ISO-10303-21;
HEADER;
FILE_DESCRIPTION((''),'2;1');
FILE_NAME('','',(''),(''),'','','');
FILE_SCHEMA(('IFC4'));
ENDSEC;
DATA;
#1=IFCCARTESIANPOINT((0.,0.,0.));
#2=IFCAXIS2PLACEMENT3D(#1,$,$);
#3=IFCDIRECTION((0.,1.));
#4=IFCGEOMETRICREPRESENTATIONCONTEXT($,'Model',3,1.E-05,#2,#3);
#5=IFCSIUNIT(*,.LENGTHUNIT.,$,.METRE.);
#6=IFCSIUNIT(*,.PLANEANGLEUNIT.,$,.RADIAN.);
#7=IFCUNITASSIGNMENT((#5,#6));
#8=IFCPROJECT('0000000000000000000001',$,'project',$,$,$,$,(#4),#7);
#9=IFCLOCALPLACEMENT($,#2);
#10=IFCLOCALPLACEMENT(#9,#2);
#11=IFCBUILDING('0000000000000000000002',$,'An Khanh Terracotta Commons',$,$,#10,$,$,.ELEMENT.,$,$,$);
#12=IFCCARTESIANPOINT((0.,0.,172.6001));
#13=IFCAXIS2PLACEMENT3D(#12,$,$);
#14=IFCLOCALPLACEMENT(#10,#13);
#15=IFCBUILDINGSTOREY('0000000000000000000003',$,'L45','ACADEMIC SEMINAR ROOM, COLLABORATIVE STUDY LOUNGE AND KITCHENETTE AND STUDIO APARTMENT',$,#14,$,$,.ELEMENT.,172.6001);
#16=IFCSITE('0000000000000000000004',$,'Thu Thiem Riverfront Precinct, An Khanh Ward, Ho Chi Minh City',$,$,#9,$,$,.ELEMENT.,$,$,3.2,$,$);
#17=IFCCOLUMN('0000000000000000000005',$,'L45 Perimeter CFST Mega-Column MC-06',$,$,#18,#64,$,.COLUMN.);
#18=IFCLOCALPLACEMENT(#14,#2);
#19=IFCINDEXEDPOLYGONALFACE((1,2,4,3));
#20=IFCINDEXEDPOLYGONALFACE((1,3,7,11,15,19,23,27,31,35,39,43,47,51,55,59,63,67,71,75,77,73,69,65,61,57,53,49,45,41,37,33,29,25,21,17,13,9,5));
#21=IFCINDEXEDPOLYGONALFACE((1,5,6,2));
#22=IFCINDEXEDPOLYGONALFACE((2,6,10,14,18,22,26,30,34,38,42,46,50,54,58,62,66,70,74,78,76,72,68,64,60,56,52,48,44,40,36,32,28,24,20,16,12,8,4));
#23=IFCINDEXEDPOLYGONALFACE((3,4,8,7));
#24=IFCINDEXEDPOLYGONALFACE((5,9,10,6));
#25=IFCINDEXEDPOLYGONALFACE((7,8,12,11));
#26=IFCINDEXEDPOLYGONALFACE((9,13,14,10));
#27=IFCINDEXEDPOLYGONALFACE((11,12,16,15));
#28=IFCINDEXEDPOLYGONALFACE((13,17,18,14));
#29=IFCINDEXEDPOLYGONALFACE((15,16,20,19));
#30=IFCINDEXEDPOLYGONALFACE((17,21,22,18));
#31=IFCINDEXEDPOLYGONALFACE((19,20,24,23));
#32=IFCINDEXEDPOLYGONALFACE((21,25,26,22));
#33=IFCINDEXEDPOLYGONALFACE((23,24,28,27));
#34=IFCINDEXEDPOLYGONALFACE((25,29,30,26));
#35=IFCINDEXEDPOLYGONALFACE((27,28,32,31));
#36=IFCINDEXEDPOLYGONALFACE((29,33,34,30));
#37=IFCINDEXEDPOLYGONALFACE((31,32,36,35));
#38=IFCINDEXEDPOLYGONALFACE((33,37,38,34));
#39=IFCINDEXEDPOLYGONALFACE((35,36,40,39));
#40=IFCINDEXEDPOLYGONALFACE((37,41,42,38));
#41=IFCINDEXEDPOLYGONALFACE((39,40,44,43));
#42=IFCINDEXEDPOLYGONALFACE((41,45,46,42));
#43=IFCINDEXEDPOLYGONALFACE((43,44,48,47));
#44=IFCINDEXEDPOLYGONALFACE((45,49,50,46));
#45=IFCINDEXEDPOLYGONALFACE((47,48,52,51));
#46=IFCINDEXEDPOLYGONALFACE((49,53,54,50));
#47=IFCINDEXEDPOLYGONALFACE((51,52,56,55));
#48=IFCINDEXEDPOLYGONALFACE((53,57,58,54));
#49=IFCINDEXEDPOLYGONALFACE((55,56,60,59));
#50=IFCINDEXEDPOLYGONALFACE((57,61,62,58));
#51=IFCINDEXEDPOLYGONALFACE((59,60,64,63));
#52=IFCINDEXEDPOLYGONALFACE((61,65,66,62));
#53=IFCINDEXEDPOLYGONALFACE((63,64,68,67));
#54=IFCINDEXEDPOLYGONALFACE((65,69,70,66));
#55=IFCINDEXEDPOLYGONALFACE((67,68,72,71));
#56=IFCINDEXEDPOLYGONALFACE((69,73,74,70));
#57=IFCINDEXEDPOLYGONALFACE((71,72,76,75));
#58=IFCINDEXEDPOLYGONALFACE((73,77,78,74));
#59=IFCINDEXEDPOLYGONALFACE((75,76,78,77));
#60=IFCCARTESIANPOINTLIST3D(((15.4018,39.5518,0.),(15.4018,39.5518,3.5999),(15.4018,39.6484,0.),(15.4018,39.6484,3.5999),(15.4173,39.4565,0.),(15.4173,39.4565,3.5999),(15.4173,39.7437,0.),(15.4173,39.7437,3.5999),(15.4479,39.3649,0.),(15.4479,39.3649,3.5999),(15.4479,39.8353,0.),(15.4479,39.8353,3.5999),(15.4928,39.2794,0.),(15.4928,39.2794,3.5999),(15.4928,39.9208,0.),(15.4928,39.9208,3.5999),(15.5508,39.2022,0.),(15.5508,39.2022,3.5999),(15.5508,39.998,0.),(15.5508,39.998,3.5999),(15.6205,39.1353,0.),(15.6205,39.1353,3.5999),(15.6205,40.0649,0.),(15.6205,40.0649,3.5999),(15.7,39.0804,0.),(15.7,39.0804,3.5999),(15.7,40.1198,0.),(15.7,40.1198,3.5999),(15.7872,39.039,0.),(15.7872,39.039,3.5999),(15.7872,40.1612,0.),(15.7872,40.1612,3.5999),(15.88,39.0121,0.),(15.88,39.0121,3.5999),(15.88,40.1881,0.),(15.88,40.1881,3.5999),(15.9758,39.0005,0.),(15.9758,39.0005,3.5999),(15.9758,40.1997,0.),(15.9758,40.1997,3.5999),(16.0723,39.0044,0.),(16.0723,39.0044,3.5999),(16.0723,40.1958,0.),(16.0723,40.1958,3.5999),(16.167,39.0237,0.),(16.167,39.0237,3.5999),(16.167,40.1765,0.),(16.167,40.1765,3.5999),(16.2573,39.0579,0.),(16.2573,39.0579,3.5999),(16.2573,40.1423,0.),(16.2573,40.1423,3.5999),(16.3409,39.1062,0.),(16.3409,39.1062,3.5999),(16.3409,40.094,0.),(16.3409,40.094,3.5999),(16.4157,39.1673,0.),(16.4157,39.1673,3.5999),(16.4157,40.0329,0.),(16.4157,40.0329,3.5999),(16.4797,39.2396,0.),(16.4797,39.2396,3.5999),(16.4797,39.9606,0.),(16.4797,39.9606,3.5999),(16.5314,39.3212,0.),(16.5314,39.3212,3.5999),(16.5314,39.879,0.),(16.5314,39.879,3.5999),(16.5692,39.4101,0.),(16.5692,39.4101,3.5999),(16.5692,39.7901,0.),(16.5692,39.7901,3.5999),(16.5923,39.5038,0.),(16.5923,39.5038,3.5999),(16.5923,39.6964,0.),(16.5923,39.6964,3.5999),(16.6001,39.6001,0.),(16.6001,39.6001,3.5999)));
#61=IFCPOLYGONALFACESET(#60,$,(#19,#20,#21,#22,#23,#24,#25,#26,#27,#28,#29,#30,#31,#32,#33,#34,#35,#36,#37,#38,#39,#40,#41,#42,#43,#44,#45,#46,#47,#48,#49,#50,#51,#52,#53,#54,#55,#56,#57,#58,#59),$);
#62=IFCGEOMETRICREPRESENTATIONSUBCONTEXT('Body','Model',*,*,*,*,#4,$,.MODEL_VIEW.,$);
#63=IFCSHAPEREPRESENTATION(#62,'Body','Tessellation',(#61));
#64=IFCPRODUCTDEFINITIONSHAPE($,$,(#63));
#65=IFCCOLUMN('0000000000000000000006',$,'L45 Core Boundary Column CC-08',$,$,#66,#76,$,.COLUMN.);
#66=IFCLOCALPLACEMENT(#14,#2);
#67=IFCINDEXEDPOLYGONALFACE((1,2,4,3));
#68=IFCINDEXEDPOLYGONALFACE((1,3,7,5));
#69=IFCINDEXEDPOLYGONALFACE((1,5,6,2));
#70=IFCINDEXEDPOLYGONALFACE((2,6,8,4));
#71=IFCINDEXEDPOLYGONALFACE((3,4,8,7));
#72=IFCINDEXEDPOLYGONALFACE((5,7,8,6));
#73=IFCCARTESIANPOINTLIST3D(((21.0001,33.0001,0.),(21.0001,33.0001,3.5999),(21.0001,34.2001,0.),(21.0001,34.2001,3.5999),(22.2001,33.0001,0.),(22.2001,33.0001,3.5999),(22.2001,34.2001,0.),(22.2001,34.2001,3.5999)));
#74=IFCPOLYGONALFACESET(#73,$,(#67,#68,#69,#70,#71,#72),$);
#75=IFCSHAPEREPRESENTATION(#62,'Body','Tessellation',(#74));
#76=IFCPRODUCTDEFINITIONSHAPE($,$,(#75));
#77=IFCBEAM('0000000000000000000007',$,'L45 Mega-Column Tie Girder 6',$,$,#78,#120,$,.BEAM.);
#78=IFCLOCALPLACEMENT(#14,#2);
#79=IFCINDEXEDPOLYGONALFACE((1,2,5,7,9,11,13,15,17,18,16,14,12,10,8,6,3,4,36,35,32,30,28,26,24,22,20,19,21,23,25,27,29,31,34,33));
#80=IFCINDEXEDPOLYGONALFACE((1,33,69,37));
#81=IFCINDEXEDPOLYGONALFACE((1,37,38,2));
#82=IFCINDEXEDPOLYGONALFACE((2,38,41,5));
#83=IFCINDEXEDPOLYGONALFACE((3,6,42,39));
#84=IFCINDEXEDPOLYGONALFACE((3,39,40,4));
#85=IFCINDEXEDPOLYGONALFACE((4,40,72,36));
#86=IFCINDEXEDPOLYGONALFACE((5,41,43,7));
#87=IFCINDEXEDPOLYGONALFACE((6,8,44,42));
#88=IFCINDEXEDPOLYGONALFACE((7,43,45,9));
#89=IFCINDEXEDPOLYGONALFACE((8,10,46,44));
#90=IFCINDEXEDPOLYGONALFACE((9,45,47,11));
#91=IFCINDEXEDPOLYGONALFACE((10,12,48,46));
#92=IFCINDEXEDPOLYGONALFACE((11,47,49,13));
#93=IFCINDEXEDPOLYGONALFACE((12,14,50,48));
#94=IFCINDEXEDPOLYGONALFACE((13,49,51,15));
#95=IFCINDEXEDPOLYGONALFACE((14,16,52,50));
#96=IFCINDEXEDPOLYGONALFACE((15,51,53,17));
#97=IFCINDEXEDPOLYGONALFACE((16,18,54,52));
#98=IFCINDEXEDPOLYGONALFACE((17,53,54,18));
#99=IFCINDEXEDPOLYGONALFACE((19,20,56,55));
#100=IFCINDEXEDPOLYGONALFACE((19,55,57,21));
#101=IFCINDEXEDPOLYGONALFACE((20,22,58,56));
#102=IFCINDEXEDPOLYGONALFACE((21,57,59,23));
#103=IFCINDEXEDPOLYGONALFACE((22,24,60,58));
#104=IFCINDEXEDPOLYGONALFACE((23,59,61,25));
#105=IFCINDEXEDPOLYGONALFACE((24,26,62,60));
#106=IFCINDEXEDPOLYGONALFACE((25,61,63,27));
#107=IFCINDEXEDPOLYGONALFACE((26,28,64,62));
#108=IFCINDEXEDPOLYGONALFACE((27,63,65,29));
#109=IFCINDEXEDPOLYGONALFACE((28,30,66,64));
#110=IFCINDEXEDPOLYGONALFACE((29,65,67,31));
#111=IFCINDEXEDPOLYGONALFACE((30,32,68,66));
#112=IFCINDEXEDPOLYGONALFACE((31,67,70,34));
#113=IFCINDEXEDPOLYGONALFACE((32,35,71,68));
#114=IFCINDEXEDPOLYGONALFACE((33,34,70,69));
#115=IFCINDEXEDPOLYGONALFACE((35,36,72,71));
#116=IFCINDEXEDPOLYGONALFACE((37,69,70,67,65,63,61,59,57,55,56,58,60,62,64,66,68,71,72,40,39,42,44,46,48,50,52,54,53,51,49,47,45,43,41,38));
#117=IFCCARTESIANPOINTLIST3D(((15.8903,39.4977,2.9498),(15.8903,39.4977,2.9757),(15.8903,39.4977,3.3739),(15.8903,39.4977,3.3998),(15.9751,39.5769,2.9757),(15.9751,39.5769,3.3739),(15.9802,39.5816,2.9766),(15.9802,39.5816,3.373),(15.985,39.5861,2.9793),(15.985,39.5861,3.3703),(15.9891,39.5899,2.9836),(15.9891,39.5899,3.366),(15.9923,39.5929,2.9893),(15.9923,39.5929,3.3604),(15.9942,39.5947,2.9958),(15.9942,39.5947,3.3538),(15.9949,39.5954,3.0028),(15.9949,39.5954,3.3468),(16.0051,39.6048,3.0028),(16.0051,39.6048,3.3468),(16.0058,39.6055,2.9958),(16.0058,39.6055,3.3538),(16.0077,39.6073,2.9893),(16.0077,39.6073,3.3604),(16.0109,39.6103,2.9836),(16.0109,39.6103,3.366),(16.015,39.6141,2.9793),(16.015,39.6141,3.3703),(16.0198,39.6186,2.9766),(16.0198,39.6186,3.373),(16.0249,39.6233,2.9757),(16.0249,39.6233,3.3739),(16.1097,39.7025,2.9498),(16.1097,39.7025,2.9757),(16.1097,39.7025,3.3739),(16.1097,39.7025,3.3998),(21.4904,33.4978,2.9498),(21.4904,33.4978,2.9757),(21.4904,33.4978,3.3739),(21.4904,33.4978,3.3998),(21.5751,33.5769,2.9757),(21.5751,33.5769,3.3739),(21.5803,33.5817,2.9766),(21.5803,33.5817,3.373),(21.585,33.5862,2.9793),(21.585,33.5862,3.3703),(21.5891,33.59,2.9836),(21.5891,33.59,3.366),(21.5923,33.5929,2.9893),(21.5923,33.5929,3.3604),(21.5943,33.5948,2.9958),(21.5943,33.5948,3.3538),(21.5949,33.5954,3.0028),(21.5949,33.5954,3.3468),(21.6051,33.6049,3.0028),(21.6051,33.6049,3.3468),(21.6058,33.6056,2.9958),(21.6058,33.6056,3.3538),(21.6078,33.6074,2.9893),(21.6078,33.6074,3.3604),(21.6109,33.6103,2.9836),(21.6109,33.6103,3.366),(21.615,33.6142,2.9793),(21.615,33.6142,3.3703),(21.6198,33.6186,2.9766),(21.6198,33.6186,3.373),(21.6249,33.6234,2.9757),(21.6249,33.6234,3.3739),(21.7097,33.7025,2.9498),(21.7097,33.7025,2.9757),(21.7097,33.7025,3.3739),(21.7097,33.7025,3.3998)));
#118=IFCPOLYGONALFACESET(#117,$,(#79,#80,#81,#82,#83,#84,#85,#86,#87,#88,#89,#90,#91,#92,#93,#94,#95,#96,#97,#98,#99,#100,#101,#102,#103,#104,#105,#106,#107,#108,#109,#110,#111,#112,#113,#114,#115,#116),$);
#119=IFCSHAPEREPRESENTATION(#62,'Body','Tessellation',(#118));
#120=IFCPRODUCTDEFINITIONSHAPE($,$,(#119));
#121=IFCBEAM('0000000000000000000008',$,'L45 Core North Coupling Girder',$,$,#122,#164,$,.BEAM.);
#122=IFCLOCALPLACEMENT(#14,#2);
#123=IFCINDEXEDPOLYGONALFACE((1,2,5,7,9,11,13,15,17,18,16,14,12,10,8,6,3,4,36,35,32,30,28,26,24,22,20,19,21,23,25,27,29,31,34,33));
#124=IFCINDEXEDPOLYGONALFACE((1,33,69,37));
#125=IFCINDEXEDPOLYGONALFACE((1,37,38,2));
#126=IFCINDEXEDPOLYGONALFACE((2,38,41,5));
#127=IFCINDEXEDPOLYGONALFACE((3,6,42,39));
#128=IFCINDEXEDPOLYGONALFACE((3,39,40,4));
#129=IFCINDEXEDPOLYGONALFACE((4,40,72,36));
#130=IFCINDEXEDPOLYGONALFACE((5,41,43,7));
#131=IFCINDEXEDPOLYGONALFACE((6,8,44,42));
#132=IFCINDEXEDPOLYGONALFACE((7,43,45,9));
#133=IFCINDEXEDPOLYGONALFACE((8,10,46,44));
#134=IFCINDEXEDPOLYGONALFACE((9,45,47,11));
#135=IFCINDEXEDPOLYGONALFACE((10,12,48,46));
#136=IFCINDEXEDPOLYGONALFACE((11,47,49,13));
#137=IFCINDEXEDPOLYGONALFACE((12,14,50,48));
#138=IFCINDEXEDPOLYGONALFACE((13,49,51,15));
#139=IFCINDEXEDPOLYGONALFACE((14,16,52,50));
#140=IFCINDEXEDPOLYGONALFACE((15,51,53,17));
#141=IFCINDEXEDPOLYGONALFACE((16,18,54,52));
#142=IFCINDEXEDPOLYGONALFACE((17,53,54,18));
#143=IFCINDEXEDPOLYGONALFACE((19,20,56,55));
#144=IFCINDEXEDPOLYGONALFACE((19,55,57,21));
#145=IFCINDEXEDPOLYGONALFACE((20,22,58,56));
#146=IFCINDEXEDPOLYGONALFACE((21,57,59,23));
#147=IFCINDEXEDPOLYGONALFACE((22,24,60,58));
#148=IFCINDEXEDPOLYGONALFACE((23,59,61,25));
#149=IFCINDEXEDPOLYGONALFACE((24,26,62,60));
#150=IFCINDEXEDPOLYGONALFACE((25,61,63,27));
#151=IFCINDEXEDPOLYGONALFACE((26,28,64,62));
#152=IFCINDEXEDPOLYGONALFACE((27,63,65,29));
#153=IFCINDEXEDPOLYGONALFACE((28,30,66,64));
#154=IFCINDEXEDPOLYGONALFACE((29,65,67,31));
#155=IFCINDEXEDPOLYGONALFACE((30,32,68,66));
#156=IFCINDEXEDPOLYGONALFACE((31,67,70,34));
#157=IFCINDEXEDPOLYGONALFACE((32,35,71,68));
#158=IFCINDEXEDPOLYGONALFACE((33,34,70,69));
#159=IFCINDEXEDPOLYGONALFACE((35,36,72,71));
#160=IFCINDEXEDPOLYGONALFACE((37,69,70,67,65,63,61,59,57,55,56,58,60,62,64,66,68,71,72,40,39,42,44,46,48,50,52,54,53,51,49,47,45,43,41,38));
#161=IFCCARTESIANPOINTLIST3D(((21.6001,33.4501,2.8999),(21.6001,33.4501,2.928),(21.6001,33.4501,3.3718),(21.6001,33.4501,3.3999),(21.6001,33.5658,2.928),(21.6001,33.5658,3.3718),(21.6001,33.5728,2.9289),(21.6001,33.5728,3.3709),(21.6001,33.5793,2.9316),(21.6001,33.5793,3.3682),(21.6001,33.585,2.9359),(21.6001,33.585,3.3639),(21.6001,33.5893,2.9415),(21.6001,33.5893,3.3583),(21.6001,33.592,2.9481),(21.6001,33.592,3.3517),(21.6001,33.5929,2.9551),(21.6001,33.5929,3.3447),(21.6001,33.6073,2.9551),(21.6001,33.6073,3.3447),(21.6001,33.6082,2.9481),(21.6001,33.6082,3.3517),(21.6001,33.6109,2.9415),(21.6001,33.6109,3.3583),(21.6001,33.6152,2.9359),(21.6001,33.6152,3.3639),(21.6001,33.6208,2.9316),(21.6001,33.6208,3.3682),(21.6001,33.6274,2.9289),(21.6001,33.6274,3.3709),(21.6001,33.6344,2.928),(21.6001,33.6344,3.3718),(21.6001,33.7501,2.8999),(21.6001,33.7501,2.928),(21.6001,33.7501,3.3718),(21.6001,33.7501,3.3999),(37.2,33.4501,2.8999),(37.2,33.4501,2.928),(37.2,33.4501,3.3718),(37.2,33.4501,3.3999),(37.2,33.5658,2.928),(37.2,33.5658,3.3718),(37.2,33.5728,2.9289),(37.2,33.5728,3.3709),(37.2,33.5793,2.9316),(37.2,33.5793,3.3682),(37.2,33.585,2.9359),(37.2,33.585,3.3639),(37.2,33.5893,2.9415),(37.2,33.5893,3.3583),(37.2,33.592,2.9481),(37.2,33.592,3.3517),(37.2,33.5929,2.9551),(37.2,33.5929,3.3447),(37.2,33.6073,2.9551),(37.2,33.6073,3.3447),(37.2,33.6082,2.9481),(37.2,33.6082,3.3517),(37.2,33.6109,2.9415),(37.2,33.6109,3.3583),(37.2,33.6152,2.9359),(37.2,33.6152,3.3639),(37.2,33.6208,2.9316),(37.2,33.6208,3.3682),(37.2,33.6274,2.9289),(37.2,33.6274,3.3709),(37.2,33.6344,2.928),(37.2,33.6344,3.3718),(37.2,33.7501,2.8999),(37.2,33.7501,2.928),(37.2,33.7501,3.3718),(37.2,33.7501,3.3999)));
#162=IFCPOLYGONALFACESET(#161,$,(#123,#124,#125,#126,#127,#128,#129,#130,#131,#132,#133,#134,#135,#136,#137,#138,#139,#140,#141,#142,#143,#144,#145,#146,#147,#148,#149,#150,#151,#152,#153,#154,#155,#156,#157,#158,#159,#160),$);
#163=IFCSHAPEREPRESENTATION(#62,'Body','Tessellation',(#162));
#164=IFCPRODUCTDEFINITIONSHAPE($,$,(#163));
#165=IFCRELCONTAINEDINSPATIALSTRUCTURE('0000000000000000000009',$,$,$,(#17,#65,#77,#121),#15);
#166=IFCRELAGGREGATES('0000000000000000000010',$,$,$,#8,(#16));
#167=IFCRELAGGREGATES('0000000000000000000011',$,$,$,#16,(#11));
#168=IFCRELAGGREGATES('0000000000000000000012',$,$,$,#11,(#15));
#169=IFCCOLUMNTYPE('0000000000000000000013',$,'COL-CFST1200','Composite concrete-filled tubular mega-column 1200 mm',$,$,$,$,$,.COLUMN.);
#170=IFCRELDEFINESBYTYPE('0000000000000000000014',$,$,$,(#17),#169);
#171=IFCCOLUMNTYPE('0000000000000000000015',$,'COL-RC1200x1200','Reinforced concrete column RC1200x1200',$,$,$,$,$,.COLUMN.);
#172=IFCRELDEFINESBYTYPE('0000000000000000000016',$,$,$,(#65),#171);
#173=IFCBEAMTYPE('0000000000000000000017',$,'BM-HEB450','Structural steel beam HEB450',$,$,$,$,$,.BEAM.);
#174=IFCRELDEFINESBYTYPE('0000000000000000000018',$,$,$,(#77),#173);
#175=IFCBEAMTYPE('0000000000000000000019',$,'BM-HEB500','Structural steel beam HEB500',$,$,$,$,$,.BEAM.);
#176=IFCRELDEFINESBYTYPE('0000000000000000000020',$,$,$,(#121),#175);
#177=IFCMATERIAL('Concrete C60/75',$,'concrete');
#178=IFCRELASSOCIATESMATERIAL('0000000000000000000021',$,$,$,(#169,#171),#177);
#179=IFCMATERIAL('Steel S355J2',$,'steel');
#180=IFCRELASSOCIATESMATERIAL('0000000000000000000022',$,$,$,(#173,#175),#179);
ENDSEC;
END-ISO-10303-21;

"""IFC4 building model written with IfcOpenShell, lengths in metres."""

from ifc_helpers import new_model, si_unit, direction, frame, origin, origin_2d, place, context, subcontext, project, spatial, rectangle, circle, i_section, extrude, material, material_profile, profile_set, type_object, element, save


model = new_model("IFC4")

# Units and contexts
model_context = context("Model", 3, precision=1e-05, world=origin(), true_north=direction((0.0, 1.0)))
body_context = subcontext(model_context, "Body", "Model", "MODEL_VIEW")
ifc_project = project(units=[si_unit("LENGTHUNIT", "METRE"), si_unit("PLANEANGLEUNIT", "RADIAN")], contexts=[model_context])

# Site, building, storey
site_placement = place(None, origin())
site = spatial("IfcSite", under=ifc_project, at=site_placement, Name="Thu Thiem Riverfront Precinct, An Khanh Ward, Ho Chi Minh City", CompositionType="ELEMENT", RefElevation=3.2)
building_placement = place(site_placement, origin())
building = spatial("IfcBuilding", under=site, at=building_placement, Name="An Khanh Terracotta Commons", CompositionType="ELEMENT")
storey_placement = place(building_placement, frame((0.0, 0.0, 172.6001)))
storey = spatial("IfcBuildingStorey", under=building, at=storey_placement, Name="L45", Description="ACADEMIC SEMINAR ROOM, COLLABORATIVE STUDY LOUNGE AND KITCHENETTE AND STUDIO APARTMENT", CompositionType="ELEMENT", Elevation=172.6001)

# Columns
ifc_material_1 = material(Name="Concrete C60/75", Category="concrete")
ifc_material_profile_1 = material_profile(ifc_material_1, circle(Radius=0.6001, at=origin_2d()), Name="CFST1200")
ifc_profile_set_1 = profile_set([ifc_material_profile_1], Name="Concrete C60/75")
column_type_1 = type_object("IfcColumnType", Name="COL-CFST1200", Description="Composite concrete-filled tubular mega-column 1200 mm", PredefinedType="COLUMN", material=ifc_profile_set_1)
column_1_placement = place(storey_placement, frame((16.0, 39.6001, 0.0), z_axis=(0.0, 0.0, 1.0), x_axis=(1.0, 0.0, 0.0)))
element("IfcColumn", 1, at=column_1_placement, inside=storey, type_object=column_type_1, Name="L45 Perimeter CFST Mega-Column MC-06", PredefinedType="COLUMN", context=body_context, shape_type="SweptSolid", body=[
    extrude(circle(Radius=0.6001, at=origin_2d()), origin(), (0.0, 0.0, 1.0), 3.5999),
])
ifc_material_profile_2 = material_profile(ifc_material_1, rectangle(XDim=1.2, YDim=1.2, at=origin_2d()), Name="RC1200x1200")
ifc_profile_set_2 = profile_set([ifc_material_profile_2], Name="Concrete C60/75")
column_type_2 = type_object("IfcColumnType", Name="COL-RC1200x1200", Description="Reinforced concrete column RC1200x1200", PredefinedType="COLUMN", material=ifc_profile_set_2)
column_2_placement = place(storey_placement, frame((21.6001, 33.6001, 0.0), z_axis=(0.0, 0.0, 1.0), x_axis=(1.0, 0.0, 0.0)))
element("IfcColumn", 2, at=column_2_placement, inside=storey, type_object=column_type_2, Name="L45 Core Boundary Column CC-08", PredefinedType="COLUMN", context=body_context, shape_type="SweptSolid", body=[
    extrude(rectangle(XDim=1.2, YDim=1.2, at=origin_2d()), origin(), (0.0, 0.0, 1.0), 3.5999),
])

# Beams
ifc_material_2 = material(Name="Steel S355J2", Category="steel")
ifc_material_profile_3 = material_profile(ifc_material_2, i_section(OverallWidth=0.3, OverallDepth=0.45, WebThickness=0.0139, FlangeThickness=0.0259, FilletRadius=0.0271, at=origin_2d()), Name="HEB450")
ifc_profile_set_3 = profile_set([ifc_material_profile_3], Name="Steel S355J2")
beam_type_1 = type_object("IfcBeamType", Name="BM-HEB450", Description="Structural steel beam HEB450", PredefinedType="BEAM", material=ifc_profile_set_3)
beam_1_placement = place(storey_placement, frame((16.0, 39.6001, 3.1748), z_axis=(0.682325, -0.731049, 0.0), x_axis=(0.731049, 0.682325, 0.0)))
element("IfcBeam", 3, at=beam_1_placement, inside=storey, type_object=beam_type_1, Name="L45 Mega-Column Tie Girder 6", PredefinedType="BEAM", context=body_context, shape_type="SweptSolid", body=[
    extrude(i_section(OverallWidth=0.3, OverallDepth=0.45, WebThickness=0.0139, FlangeThickness=0.0259, FilletRadius=0.0271, at=origin_2d()), origin(), (0.0, 0.0, 1.0), 8.2073),
])
ifc_material_profile_4 = material_profile(ifc_material_2, i_section(OverallWidth=0.3, OverallDepth=0.5, WebThickness=0.0144, FlangeThickness=0.0281, FilletRadius=0.0271, at=origin_2d()), Name="HEB500")
ifc_profile_set_4 = profile_set([ifc_material_profile_4], Name="Steel S355J2")
beam_type_2 = type_object("IfcBeamType", Name="BM-HEB500", Description="Structural steel beam HEB500", PredefinedType="BEAM", material=ifc_profile_set_4)
beam_2_placement = place(storey_placement, frame((21.6001, 33.6001, 3.1499), z_axis=(1.0, 0.0, 0.0), x_axis=(0.0, 1.0, 0.0)))
element("IfcBeam", 4, at=beam_2_placement, inside=storey, type_object=beam_type_2, Name="L45 Core North Coupling Girder", PredefinedType="BEAM", context=body_context, shape_type="SweptSolid", body=[
    extrude(i_section(OverallWidth=0.3, OverallDepth=0.5, WebThickness=0.0144, FlangeThickness=0.0281, FilletRadius=0.0271, at=origin_2d()), origin(), (0.0, 0.0, 1.0), 15.5999),
])

save(model, "model.ifc")
